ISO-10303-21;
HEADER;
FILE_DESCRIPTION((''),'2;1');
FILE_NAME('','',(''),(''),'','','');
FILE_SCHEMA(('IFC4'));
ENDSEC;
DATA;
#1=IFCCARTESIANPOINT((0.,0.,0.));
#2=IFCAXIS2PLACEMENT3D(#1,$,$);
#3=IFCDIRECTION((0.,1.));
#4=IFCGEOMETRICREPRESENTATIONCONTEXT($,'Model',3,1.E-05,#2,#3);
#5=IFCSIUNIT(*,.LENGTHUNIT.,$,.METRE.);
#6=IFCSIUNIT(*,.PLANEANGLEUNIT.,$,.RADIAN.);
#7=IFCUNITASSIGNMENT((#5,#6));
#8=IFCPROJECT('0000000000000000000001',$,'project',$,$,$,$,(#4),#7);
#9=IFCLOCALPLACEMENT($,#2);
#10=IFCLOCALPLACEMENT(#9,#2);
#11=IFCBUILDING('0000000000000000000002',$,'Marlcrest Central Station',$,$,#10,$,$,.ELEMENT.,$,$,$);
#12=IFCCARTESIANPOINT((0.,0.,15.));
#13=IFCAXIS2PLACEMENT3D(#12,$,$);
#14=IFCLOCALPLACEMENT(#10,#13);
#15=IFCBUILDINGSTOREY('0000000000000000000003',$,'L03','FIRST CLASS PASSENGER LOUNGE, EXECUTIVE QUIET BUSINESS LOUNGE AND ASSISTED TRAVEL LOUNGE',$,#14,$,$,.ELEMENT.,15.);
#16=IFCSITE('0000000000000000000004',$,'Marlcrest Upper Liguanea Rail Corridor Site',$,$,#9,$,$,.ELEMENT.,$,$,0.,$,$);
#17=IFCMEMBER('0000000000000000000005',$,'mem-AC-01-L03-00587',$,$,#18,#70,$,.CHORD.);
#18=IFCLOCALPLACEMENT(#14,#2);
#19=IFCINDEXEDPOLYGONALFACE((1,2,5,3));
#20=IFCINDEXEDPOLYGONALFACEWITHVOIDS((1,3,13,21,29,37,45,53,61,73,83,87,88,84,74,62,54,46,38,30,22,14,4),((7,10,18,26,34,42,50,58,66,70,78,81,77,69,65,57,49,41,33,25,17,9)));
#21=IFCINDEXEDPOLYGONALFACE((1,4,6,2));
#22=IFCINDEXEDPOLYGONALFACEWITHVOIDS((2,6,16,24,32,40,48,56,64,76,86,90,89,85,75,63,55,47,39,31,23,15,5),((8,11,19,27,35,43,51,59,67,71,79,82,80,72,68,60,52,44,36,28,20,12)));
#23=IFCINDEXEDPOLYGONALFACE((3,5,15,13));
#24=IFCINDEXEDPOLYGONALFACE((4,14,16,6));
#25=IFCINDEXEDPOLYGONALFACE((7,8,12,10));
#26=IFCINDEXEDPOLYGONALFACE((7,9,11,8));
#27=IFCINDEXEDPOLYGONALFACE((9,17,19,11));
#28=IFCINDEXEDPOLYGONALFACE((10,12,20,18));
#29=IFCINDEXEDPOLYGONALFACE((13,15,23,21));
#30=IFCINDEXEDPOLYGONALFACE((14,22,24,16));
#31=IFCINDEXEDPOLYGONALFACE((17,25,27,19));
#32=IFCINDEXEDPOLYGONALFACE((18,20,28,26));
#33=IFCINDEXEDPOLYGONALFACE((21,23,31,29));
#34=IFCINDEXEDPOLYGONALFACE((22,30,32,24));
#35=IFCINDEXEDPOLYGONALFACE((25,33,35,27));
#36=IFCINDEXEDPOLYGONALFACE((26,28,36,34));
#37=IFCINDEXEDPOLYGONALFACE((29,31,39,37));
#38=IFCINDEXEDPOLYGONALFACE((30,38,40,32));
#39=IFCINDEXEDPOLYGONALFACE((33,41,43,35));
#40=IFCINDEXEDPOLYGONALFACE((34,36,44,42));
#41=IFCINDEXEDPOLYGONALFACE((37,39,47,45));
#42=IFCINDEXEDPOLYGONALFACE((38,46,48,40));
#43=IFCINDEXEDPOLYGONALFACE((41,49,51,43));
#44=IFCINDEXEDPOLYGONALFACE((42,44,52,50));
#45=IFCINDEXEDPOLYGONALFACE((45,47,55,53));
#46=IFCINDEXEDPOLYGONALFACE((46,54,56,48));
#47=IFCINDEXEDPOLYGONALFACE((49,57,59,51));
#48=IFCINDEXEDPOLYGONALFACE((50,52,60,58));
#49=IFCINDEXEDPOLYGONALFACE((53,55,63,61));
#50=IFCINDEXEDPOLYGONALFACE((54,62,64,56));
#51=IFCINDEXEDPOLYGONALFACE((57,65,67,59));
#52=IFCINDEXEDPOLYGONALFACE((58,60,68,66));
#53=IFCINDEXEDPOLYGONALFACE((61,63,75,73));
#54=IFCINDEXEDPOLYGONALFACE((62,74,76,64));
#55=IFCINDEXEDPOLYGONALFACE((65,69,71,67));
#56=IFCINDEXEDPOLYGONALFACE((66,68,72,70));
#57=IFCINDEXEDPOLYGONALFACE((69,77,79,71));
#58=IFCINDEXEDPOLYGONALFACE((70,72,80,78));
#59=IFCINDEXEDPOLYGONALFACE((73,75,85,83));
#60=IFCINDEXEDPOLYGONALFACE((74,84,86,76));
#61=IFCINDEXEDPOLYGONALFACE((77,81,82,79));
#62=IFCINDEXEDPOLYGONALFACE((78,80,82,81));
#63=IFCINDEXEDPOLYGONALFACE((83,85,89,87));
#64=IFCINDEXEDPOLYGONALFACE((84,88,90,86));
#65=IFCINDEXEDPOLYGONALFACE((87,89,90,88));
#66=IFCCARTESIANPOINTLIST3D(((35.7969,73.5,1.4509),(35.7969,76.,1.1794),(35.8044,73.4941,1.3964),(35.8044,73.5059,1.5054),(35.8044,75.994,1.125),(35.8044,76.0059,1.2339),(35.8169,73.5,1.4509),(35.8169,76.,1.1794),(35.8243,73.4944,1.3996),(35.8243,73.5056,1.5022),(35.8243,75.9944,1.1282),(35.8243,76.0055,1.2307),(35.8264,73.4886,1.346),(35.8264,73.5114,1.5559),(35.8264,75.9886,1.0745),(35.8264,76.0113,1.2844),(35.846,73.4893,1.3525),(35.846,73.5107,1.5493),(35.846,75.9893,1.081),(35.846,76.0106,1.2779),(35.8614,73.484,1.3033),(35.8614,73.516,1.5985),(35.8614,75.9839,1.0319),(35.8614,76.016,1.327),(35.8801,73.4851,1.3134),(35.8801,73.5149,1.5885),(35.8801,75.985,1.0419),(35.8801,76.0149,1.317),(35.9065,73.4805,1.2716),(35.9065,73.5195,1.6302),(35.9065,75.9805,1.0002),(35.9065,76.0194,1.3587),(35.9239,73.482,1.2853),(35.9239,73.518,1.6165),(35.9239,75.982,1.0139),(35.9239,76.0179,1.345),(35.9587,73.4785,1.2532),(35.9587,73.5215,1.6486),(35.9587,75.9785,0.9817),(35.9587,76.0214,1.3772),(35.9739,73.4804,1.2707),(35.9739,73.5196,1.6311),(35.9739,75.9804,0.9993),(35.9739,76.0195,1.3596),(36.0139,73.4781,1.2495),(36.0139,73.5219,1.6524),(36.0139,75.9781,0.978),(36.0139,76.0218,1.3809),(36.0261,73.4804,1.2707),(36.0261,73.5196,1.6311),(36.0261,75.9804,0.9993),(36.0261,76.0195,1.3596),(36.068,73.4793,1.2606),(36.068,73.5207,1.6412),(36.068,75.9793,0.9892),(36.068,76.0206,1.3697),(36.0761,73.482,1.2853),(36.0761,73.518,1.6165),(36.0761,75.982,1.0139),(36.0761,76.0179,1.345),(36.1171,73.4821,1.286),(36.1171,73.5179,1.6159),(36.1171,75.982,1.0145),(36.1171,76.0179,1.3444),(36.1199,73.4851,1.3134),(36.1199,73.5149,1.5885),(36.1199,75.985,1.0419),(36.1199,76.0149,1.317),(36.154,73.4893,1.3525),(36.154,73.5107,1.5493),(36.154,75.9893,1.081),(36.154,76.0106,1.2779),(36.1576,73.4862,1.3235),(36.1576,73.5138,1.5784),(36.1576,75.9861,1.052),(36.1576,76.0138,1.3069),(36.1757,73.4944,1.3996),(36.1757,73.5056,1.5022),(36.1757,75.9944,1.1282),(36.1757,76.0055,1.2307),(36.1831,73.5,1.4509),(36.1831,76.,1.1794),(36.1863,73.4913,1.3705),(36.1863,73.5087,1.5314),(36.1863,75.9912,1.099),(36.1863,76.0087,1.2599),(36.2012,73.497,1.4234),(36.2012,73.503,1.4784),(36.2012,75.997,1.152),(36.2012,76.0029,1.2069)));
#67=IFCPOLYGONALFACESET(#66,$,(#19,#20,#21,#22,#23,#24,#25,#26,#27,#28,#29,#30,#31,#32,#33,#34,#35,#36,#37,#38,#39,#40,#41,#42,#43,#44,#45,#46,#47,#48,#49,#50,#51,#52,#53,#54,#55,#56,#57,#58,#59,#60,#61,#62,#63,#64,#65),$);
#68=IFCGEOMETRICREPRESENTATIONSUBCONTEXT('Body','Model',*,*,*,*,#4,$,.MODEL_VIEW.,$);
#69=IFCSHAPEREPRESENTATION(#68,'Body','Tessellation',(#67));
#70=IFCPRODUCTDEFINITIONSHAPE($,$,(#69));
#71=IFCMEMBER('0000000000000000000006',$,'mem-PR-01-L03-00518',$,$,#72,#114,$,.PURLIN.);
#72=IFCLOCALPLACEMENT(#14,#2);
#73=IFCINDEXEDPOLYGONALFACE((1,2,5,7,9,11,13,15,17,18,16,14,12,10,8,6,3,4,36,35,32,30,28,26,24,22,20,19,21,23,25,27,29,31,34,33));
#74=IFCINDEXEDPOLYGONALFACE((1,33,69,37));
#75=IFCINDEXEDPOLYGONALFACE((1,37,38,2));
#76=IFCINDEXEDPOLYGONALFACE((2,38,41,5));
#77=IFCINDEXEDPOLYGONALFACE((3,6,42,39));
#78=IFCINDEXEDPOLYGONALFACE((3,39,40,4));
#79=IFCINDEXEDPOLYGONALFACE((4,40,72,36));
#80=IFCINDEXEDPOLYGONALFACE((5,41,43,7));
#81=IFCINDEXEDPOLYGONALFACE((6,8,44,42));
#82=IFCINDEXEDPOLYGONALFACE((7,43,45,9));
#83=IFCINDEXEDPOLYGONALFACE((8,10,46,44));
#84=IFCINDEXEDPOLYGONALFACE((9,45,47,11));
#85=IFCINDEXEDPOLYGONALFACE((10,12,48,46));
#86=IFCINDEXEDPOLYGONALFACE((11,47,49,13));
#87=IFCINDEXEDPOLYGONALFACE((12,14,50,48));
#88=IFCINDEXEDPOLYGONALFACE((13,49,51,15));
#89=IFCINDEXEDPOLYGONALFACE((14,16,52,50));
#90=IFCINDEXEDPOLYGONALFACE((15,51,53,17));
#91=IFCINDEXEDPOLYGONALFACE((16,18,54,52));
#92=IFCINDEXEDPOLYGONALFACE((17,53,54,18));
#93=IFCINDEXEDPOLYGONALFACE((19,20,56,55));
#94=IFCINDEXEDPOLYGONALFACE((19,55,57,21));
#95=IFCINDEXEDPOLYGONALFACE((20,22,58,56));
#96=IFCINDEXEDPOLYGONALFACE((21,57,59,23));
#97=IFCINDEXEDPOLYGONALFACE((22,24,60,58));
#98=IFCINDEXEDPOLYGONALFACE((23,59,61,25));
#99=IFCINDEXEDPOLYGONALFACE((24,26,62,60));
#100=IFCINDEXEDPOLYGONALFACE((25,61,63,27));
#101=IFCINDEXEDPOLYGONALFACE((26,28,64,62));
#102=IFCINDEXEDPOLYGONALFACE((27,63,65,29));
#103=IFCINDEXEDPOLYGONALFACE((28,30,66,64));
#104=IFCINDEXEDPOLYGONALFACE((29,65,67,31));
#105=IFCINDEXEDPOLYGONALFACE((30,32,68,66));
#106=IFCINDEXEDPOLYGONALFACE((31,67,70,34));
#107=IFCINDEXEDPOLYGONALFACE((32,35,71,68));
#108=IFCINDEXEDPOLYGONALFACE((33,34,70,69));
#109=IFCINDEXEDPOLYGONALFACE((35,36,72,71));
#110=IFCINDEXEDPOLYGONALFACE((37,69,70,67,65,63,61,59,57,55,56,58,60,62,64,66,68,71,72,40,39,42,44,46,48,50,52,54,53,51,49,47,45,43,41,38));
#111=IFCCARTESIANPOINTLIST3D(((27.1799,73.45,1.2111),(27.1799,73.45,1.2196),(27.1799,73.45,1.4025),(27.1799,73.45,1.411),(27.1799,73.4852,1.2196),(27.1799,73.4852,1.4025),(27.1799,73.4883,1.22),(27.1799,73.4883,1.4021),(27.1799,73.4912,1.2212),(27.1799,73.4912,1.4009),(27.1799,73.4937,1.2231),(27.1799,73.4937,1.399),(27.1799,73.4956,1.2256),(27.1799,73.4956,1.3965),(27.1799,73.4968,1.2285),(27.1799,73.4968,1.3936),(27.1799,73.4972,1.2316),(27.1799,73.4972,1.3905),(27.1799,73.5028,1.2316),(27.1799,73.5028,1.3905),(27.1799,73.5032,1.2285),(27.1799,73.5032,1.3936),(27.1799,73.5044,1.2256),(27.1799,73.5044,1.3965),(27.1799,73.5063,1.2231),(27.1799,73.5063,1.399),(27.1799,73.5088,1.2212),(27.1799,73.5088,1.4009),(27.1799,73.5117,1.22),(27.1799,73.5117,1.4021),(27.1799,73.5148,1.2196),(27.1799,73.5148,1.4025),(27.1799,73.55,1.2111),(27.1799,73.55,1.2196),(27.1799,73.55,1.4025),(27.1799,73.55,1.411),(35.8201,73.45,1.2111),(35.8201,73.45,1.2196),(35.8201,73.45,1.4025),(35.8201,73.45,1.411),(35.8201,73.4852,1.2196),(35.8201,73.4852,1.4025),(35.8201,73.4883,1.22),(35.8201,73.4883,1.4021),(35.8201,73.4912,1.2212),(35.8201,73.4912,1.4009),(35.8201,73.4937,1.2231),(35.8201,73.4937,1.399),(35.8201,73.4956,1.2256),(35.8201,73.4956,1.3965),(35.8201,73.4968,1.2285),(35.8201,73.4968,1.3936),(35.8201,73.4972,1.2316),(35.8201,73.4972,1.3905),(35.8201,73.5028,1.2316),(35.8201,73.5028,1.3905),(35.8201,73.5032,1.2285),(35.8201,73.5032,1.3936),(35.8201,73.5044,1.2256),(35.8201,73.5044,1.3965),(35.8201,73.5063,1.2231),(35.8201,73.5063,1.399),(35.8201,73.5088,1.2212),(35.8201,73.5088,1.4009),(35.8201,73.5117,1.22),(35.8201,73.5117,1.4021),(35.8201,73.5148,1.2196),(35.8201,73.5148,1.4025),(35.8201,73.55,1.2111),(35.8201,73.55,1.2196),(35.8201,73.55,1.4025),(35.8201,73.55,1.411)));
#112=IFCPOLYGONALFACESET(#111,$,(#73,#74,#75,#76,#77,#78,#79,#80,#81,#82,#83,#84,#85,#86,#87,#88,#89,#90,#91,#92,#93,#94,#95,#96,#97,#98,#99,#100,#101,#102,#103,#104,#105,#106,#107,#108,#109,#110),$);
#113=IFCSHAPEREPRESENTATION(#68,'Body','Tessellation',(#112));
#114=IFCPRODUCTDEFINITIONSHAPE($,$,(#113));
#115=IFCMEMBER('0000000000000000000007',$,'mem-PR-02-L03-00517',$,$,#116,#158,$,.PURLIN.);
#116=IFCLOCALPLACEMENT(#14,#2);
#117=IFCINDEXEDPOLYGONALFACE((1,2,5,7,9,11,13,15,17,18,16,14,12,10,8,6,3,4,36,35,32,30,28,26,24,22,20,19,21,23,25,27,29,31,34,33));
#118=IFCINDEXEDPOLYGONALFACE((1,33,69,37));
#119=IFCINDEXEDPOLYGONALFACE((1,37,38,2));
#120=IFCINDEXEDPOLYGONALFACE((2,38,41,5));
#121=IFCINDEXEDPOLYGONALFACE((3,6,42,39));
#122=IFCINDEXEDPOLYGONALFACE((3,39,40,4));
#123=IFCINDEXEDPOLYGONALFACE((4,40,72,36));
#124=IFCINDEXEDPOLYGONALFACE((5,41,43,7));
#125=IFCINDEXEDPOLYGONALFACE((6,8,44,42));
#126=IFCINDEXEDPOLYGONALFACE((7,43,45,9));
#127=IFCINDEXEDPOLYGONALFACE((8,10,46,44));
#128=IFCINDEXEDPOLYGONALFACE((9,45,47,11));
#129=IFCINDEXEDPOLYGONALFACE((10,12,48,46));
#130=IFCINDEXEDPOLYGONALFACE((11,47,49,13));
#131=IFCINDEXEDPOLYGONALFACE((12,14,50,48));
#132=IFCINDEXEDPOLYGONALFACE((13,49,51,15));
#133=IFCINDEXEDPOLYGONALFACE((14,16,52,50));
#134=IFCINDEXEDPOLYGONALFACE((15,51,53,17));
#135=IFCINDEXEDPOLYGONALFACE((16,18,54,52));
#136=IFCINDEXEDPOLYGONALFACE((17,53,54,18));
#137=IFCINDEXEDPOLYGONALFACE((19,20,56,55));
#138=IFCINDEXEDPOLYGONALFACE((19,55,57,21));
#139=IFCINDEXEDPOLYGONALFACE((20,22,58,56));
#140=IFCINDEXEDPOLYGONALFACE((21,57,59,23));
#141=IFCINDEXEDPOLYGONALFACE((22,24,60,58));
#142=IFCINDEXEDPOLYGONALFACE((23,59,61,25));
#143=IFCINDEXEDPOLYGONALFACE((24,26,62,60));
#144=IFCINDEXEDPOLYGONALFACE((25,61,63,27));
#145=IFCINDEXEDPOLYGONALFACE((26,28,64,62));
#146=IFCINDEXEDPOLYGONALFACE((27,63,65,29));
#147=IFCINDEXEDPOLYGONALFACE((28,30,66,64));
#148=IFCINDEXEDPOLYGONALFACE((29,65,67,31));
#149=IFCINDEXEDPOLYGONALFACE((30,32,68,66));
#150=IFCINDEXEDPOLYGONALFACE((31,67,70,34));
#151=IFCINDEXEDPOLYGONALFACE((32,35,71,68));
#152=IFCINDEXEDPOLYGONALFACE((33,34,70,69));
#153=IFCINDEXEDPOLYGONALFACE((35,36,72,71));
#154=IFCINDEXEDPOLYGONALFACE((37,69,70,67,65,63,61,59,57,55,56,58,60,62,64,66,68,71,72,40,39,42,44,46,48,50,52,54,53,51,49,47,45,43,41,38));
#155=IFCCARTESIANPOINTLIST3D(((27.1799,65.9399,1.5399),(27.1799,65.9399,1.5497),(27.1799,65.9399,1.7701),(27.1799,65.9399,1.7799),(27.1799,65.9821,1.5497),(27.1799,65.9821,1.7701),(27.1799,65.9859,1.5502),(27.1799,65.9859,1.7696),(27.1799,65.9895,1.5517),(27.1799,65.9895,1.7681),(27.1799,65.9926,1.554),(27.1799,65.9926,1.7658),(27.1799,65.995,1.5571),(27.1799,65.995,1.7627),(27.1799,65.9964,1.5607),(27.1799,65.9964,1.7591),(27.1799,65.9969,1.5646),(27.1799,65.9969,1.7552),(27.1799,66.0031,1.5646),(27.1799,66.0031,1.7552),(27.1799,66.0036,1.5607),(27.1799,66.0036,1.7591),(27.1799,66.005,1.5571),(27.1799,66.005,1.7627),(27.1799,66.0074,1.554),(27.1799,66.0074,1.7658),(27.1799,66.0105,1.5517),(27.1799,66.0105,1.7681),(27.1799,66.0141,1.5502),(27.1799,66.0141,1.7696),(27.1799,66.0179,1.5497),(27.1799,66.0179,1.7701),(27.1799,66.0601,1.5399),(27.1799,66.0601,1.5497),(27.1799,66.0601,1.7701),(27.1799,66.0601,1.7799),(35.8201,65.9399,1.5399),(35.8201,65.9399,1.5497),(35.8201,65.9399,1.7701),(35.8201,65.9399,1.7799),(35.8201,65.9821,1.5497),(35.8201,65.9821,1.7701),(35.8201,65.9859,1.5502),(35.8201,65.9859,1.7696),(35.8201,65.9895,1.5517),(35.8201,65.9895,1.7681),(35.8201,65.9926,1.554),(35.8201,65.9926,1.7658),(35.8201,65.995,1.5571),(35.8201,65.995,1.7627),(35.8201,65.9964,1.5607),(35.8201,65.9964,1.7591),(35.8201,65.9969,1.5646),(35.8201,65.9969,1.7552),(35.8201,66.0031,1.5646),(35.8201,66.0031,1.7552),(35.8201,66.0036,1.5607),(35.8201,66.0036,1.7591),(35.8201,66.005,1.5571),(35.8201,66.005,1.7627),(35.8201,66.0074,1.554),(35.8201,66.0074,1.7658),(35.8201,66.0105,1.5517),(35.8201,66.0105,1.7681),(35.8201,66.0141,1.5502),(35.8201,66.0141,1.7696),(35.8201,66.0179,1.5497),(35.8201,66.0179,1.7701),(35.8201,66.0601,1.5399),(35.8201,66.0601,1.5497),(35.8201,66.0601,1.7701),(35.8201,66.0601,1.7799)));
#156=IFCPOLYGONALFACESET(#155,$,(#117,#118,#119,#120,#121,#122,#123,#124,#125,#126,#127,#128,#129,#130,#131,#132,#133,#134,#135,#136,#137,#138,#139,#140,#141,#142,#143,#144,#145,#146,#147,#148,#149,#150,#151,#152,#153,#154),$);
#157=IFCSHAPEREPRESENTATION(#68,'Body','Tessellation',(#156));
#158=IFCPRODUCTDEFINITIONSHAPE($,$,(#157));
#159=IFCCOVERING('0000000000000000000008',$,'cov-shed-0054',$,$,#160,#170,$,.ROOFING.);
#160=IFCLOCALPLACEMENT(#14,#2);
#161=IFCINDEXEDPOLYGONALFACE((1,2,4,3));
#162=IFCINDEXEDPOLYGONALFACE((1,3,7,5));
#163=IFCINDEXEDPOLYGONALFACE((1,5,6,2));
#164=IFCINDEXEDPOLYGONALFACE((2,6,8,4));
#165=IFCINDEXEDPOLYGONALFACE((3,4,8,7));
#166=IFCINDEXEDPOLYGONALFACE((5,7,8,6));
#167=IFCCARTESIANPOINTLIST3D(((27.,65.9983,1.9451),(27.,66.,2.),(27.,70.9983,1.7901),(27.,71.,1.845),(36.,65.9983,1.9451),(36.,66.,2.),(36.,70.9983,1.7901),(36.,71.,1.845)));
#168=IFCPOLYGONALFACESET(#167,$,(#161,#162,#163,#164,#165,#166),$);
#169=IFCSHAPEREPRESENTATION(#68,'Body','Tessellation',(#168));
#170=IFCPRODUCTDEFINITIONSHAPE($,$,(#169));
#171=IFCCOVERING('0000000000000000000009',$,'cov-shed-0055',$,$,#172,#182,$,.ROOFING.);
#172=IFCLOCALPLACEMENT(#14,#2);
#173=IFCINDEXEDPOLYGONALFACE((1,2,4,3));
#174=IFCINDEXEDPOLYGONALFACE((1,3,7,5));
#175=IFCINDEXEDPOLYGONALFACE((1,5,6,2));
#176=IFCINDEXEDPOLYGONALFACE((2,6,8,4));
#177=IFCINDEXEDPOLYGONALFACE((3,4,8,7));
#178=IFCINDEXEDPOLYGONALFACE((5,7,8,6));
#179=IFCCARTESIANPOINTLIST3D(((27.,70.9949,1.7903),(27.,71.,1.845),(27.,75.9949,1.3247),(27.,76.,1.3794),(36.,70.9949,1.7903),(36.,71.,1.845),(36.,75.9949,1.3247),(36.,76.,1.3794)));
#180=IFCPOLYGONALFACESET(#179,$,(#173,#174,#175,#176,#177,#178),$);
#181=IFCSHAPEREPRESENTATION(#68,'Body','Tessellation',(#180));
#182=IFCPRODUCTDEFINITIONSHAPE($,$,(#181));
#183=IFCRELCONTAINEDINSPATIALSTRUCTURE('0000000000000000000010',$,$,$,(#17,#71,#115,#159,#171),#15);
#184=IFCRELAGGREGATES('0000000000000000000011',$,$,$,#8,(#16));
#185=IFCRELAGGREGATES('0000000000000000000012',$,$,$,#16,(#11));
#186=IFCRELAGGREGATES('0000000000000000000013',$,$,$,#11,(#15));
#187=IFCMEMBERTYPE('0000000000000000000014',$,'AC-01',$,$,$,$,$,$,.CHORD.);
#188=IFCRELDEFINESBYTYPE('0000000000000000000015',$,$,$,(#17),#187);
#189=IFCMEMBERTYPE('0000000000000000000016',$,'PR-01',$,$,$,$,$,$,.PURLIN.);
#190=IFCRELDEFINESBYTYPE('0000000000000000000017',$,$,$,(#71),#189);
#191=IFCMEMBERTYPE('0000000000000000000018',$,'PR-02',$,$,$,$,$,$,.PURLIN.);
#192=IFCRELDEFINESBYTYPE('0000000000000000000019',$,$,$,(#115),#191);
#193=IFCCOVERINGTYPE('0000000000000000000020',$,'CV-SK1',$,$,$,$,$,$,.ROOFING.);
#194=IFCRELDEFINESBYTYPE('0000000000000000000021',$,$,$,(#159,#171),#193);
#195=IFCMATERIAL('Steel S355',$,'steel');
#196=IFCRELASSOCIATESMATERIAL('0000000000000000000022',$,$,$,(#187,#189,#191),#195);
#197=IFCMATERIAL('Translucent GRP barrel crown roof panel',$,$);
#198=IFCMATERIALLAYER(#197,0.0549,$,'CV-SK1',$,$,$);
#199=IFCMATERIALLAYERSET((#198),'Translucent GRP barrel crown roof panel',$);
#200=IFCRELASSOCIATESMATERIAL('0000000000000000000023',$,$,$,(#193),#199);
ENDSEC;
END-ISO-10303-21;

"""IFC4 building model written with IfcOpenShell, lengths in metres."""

from ifc_helpers import new_model, si_unit, direction, frame, origin, origin_2d, place, context, subcontext, project, spatial, polyline, hollow_circle, i_section, outline, extrude, material, layer, layer_set, material_profile, profile_set, type_object, element, save


model = new_model("IFC4")

# Units and contexts
model_context = context("Model", 3, precision=1e-05, world=origin(), true_north=direction((0.0, 1.0)))
body_context = subcontext(model_context, "Body", "Model", "MODEL_VIEW")
ifc_project = project(units=[si_unit("LENGTHUNIT", "METRE"), si_unit("PLANEANGLEUNIT", "RADIAN")], contexts=[model_context])

# Site, building, storey
site_placement = place(None, origin())
site = spatial("IfcSite", under=ifc_project, at=site_placement, Name="Marlcrest Upper Liguanea Rail Corridor Site", CompositionType="ELEMENT", RefElevation=0.0)
building_placement = place(site_placement, origin())
building = spatial("IfcBuilding", under=site, at=building_placement, Name="Marlcrest Central Station", CompositionType="ELEMENT")
storey_placement = place(building_placement, frame((0.0, 0.0, 15.0)))
storey = spatial("IfcBuildingStorey", under=building, at=storey_placement, Name="L03", Description="FIRST CLASS PASSENGER LOUNGE, EXECUTIVE QUIET BUSINESS LOUNGE AND ASSISTED TRAVEL LOUNGE", CompositionType="ELEMENT", Elevation=15.0)

# Members
ifc_material_1 = material(Name="Steel S355", Category="steel")
ifc_material_profile_1 = material_profile(ifc_material_1, hollow_circle(Radius=0.2031, WallThickness=0.02, at=origin_2d()), Name="CHS 406.4x20")
ifc_profile_set_1 = profile_set([ifc_material_profile_1], Name="Steel S355")
member_type_1 = type_object("IfcMemberType", Name="AC-01", PredefinedType="CHORD", material=ifc_profile_set_1)
member_1_placement = place(storey_placement, frame((36.0, 73.5, 1.4509), z_axis=(0.0, 0.994155, -0.107959), x_axis=(-1.0, 0.0, 0.0)))
element("IfcMember", 1, at=member_1_placement, inside=storey, type_object=member_type_1, Name="mem-AC-01-L03-00587", PredefinedType="CHORD", context=body_context, shape_type="SweptSolid", body=[
    extrude(hollow_circle(Radius=0.2031, WallThickness=0.02, at=origin_2d()), origin(), (0.0, 0.0, 1.0), 2.5146),
])
ifc_material_profile_2 = material_profile(ifc_material_1, i_section(OverallWidth=0.1001, OverallDepth=0.2, WebThickness=0.0056, FlangeThickness=0.0085, FilletRadius=0.012, at=origin_2d()), Name="IPE 200")
ifc_profile_set_2 = profile_set([ifc_material_profile_2], Name="Steel S355")
member_type_2 = type_object("IfcMemberType", Name="PR-01", PredefinedType="PURLIN", material=ifc_profile_set_2)
member_2_placement = place(storey_placement, frame((27.1799, 73.5, 1.311), z_axis=(1.0, 0.0, 0.0), x_axis=(0.0, 1.0, 0.0)))
element("IfcMember", 2, at=member_2_placement, inside=storey, type_object=member_type_2, Name="mem-PR-01-L03-00518", PredefinedType="PURLIN", context=body_context, shape_type="SweptSolid", body=[
    extrude(i_section(OverallWidth=0.1001, OverallDepth=0.2, WebThickness=0.0056, FlangeThickness=0.0085, FilletRadius=0.012, at=origin_2d()), origin(), (0.0, 0.0, 1.0), 8.6401),
])
ifc_material_profile_3 = material_profile(ifc_material_1, i_section(OverallWidth=0.1201, OverallDepth=0.24, WebThickness=0.0061, FlangeThickness=0.0098, FilletRadius=0.0149, at=origin_2d()), Name="IPE 240")
ifc_profile_set_3 = profile_set([ifc_material_profile_3], Name="Steel S355")
member_type_3 = type_object("IfcMemberType", Name="PR-02", PredefinedType="PURLIN", material=ifc_profile_set_3)
member_3_placement = place(storey_placement, frame((27.1799, 66.0, 1.6599), z_axis=(1.0, 0.0, 0.0), x_axis=(0.0, 1.0, 0.0)))
element("IfcMember", 3, at=member_3_placement, inside=storey, type_object=member_type_3, Name="mem-PR-02-L03-00517", PredefinedType="PURLIN", context=body_context, shape_type="SweptSolid", body=[
    extrude(i_section(OverallWidth=0.1201, OverallDepth=0.24, WebThickness=0.0061, FlangeThickness=0.0098, FilletRadius=0.0149, at=origin_2d()), origin(), (0.0, 0.0, 1.0), 8.6401),
])

# Coverings
ifc_material_2 = material(Name="Translucent GRP barrel crown roof panel")
ifc_layer = layer(ifc_material_2, 0.0549, Name="CV-SK1")
ifc_layer_set = layer_set([ifc_layer], Name="Translucent GRP barrel crown roof panel")
covering_type = type_object("IfcCoveringType", Name="CV-SK1", PredefinedType="ROOFING", material=ifc_layer_set)
covering_1_placement = place(storey_placement, frame((27.0, 66.0, 2.0), z_axis=(0.0, 0.030991, 0.99952), x_axis=(1.0, 0.0, 0.0)))
element("IfcCovering", 4, at=covering_1_placement, inside=storey, type_object=covering_type, Name="cov-shed-0054", PredefinedType="ROOFING", context=body_context, shape_type="SweptSolid", body=[
    extrude(outline(polyline([(0.0, 0.0), (9.0, 0.0), (9.0, 5.0024), (0.0, 5.0024), (0.0, 0.0)])), origin(), (0.0, 0.0, -1.0), 0.0549),
])
covering_2_placement = place(storey_placement, frame((27.0, 71.0, 1.845), z_axis=(0.0, 0.092714, 0.995693), x_axis=(1.0, 0.0, 0.0)))
element("IfcCovering", 5, at=covering_2_placement, inside=storey, type_object=covering_type, Name="cov-shed-0055", PredefinedType="ROOFING", context=body_context, shape_type="SweptSolid", body=[
    extrude(outline(polyline([(0.0, 0.0), (9.0, 0.0), (9.0, 5.0216), (0.0, 5.0216), (0.0, 0.0)])), origin(), (0.0, 0.0, -1.0), 0.0549),
])

save(model, "model.ifc")
